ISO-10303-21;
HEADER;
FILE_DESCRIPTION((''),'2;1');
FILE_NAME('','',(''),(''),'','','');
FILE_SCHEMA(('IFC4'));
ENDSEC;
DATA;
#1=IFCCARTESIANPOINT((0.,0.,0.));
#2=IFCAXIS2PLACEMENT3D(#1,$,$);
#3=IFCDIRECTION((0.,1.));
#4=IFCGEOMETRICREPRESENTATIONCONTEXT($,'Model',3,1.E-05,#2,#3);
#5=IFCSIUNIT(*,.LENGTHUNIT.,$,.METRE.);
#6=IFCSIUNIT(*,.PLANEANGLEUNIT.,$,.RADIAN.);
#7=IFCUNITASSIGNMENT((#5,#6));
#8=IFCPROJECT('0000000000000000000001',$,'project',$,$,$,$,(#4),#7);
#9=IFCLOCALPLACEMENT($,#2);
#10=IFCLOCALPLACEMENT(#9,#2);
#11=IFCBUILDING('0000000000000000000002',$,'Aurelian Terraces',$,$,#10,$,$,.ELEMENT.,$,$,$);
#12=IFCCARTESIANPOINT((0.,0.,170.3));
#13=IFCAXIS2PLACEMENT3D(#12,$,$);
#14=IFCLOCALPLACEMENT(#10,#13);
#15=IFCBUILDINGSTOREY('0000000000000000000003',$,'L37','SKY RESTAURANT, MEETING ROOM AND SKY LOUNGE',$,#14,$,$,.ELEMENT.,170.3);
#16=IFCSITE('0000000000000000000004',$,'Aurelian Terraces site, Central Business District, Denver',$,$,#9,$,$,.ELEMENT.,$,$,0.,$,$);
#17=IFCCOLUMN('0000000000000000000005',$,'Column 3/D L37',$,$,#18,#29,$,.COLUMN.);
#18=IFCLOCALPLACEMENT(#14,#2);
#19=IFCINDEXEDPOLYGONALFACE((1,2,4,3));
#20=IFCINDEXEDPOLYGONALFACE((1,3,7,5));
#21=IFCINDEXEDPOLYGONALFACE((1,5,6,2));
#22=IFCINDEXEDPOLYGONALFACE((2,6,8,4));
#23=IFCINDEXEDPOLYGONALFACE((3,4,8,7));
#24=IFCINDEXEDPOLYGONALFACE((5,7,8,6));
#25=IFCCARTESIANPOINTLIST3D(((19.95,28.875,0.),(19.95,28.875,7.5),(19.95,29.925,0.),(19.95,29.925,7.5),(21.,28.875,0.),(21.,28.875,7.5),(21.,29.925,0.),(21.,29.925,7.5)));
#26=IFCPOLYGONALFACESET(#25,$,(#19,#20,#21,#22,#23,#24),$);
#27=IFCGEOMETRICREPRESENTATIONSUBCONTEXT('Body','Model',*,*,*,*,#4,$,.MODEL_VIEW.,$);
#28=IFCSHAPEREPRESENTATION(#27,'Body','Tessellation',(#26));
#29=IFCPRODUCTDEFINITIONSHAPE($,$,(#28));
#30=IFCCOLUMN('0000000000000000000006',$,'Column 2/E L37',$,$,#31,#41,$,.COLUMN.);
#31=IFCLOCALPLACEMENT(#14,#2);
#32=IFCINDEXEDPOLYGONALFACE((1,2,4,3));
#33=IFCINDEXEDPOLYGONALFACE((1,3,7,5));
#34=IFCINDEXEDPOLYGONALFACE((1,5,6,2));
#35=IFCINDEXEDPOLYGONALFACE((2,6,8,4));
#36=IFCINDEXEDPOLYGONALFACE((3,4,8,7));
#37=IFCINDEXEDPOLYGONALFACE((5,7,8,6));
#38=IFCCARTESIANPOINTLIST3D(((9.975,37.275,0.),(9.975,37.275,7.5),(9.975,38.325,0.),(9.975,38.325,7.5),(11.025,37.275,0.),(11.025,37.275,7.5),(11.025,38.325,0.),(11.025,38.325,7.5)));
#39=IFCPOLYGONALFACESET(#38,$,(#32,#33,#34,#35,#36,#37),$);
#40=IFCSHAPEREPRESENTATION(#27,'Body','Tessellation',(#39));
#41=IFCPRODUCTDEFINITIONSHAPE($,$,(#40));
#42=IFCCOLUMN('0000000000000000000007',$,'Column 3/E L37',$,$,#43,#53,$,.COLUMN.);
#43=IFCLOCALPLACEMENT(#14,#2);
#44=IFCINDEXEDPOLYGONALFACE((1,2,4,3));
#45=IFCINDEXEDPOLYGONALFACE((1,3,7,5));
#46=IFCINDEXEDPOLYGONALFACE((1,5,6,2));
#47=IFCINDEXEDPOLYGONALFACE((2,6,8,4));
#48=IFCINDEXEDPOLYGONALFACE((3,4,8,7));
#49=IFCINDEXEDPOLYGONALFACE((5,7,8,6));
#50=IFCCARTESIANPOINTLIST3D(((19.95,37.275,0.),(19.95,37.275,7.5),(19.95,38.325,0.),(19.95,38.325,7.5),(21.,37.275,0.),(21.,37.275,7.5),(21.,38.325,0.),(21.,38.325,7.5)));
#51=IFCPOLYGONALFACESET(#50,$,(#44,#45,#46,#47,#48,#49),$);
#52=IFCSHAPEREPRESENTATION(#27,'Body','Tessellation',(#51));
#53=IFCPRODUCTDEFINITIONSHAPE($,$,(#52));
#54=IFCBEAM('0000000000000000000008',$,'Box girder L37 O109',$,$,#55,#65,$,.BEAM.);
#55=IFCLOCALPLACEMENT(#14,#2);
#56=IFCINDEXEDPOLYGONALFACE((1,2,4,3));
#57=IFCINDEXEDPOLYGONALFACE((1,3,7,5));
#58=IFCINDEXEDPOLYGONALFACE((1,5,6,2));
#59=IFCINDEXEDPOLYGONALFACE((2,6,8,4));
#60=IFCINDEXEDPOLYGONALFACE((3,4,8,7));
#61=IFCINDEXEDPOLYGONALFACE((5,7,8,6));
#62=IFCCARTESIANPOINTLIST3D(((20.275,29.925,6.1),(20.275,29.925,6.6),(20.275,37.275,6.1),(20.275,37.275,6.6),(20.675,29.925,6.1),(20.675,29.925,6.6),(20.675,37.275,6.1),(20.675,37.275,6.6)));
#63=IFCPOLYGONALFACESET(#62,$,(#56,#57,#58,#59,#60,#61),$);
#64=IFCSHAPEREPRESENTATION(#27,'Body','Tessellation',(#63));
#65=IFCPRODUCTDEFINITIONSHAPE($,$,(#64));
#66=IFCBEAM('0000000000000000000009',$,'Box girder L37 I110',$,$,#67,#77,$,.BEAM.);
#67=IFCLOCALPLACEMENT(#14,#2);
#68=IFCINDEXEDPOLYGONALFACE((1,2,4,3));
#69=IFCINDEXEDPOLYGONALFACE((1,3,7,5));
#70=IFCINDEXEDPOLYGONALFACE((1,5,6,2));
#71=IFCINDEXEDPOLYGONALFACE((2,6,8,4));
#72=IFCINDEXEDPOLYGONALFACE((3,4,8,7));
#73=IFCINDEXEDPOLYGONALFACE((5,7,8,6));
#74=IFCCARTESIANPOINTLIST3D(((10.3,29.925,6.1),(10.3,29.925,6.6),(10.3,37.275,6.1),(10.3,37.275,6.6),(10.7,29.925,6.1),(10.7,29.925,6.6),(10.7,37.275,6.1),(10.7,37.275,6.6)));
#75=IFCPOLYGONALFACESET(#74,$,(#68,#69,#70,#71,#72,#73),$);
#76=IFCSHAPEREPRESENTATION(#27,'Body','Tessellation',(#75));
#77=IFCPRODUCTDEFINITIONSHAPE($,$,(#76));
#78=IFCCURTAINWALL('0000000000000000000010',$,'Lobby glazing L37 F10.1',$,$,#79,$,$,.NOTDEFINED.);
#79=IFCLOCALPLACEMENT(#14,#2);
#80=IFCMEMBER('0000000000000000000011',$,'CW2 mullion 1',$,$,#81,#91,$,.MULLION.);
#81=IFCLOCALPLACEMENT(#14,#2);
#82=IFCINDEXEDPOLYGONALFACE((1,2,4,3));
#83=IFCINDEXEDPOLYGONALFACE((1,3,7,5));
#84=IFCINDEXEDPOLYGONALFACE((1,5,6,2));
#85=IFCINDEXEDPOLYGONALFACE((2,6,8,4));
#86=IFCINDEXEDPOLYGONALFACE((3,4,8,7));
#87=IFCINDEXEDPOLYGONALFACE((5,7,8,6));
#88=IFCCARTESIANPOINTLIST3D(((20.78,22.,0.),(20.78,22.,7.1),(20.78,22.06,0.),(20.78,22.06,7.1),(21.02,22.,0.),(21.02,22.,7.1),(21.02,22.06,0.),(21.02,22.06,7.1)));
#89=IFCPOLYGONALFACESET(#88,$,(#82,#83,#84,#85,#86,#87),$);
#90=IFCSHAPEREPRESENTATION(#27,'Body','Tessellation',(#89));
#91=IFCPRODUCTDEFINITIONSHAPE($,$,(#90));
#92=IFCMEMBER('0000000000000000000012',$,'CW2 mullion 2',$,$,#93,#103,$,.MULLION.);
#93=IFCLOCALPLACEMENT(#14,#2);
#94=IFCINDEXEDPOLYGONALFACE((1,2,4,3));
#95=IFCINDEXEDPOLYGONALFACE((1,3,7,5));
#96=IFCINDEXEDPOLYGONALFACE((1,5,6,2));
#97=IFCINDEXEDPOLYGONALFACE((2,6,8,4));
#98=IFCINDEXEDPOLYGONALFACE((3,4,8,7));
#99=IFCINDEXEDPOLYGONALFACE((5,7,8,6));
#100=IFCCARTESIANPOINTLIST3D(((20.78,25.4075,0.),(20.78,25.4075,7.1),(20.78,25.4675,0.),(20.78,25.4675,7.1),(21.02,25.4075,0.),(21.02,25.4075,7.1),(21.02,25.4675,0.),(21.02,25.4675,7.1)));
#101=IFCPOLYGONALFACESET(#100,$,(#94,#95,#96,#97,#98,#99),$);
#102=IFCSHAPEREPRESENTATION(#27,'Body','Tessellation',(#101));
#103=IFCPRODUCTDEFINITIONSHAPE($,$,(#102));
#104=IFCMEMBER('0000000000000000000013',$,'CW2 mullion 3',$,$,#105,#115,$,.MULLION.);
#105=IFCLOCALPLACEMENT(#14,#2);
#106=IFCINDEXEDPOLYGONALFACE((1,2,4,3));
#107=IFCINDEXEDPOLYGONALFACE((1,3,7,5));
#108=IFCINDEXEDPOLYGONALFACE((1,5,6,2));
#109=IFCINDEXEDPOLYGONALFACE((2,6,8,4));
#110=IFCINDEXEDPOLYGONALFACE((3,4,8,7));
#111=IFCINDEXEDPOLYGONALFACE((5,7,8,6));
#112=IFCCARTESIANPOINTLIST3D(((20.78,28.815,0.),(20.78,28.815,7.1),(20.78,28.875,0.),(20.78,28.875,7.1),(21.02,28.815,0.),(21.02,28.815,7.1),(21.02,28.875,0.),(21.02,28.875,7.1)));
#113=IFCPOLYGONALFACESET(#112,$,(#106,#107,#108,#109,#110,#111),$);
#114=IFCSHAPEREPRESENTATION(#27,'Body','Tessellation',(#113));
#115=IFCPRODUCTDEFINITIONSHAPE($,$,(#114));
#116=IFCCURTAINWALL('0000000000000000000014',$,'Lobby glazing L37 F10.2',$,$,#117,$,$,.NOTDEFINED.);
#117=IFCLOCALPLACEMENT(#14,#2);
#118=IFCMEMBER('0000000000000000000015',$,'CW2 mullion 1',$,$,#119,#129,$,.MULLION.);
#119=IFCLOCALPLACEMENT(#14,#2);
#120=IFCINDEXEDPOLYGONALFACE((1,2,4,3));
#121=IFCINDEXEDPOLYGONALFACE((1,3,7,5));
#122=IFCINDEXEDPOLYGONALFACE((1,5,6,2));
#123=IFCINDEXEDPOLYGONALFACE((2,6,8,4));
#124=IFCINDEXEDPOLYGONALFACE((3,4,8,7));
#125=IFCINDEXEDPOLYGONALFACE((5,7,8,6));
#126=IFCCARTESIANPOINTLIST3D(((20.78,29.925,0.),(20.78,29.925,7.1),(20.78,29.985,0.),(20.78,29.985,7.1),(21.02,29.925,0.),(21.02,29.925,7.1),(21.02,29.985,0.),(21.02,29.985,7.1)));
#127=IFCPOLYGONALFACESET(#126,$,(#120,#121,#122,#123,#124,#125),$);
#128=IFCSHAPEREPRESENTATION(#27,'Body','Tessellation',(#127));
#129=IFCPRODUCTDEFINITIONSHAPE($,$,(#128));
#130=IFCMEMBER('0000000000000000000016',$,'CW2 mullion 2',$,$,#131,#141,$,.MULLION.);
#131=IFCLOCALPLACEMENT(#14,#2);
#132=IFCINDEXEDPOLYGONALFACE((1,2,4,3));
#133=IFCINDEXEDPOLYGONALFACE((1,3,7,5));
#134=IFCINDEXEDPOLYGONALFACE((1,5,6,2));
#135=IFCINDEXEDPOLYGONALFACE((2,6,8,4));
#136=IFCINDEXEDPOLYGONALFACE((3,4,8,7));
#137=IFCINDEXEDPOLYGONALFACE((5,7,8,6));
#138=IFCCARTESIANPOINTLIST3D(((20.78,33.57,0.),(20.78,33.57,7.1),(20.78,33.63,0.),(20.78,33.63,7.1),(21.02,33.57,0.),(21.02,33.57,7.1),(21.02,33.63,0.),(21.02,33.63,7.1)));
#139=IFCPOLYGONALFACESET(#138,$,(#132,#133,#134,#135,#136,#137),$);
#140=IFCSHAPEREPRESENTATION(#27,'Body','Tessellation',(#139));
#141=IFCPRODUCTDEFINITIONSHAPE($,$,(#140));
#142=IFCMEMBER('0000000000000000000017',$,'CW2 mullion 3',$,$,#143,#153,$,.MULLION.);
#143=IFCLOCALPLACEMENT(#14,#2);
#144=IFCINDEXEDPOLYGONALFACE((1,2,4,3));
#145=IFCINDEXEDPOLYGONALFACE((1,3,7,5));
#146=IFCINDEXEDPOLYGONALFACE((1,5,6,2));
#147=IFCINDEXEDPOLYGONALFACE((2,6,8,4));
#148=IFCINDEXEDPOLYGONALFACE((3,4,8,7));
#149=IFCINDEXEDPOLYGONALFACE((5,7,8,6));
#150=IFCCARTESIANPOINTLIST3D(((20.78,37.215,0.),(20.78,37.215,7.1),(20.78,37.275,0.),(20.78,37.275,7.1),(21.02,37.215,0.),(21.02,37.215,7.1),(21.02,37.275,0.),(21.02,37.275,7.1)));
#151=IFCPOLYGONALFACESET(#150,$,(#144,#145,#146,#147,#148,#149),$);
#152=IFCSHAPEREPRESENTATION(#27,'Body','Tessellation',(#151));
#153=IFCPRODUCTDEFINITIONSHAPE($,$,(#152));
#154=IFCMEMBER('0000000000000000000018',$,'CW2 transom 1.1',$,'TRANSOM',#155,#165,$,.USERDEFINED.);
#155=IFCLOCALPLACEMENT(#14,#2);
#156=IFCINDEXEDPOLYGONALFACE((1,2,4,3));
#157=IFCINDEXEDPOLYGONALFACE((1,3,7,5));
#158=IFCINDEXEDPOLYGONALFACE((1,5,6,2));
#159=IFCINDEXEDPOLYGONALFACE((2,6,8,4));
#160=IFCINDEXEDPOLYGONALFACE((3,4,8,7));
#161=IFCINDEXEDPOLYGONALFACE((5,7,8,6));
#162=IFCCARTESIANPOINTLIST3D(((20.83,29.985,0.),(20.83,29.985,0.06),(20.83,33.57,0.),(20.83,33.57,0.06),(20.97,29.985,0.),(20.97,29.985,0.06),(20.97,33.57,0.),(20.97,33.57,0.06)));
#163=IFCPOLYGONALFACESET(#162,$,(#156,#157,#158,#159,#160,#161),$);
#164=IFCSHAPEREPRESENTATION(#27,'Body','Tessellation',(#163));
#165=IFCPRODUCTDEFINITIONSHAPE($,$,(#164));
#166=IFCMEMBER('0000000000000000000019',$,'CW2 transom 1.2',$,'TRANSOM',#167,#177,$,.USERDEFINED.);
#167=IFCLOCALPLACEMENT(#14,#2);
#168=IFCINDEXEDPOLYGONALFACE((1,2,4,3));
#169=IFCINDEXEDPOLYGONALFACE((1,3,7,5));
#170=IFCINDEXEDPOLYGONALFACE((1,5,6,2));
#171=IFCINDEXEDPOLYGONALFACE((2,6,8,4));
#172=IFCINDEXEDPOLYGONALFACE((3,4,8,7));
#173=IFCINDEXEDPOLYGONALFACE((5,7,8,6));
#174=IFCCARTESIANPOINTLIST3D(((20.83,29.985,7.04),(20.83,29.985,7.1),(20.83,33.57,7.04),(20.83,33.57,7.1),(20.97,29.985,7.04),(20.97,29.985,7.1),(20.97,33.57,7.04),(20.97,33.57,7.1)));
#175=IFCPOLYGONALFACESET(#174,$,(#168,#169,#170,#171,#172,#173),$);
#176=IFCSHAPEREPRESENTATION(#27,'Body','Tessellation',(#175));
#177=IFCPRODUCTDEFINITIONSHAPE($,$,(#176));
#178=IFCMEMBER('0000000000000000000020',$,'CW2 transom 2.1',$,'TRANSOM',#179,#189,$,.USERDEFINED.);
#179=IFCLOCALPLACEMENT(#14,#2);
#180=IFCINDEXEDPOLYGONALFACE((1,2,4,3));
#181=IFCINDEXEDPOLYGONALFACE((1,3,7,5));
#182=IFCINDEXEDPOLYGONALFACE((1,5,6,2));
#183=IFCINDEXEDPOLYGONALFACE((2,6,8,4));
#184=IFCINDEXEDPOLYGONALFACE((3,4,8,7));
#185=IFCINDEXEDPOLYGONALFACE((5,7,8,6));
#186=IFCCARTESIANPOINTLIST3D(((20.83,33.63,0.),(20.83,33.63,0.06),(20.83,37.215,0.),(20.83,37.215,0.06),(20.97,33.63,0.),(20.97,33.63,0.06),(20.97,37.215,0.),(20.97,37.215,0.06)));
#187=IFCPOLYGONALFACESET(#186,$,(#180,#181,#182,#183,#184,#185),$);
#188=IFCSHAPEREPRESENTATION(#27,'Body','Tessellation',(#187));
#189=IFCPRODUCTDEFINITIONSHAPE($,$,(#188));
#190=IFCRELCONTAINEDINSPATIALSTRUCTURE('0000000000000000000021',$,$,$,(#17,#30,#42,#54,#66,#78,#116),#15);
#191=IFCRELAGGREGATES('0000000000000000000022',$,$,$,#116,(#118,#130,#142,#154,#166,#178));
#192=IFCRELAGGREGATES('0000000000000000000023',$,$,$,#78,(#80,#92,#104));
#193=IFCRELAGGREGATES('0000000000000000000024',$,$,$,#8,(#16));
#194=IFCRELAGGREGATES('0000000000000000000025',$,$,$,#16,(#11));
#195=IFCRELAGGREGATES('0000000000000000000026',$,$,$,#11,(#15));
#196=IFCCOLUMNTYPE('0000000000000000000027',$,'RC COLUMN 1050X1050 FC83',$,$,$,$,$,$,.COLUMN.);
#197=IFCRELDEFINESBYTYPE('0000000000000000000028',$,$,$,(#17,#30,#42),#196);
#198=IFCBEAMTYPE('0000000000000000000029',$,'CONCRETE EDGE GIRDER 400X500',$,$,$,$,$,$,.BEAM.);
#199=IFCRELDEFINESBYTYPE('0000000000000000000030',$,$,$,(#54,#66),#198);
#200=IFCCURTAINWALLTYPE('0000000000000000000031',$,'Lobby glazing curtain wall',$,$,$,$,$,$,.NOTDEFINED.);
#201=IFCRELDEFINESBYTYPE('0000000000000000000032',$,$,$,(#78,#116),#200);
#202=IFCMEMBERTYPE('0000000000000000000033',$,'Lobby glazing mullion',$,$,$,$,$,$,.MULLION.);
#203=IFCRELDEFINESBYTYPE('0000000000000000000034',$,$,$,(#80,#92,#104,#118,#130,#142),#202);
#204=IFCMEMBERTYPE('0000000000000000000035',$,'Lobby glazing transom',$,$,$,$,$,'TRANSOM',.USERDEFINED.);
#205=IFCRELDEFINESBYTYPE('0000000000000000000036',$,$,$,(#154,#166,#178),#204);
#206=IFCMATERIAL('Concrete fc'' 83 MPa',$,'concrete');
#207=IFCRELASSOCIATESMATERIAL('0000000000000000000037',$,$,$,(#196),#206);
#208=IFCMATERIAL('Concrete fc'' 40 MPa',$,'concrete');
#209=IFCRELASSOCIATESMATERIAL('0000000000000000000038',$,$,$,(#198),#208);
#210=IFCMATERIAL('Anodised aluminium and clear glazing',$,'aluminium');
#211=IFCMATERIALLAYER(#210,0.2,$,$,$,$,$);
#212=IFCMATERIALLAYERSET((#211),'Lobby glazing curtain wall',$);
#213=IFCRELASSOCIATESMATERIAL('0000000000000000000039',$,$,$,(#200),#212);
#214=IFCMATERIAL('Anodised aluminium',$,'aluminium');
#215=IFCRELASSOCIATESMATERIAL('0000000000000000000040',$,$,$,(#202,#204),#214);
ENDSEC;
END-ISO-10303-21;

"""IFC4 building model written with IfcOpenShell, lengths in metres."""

from ifc_helpers import new_model, si_unit, direction, frame, origin, origin_2d, place, context, subcontext, project, spatial, rectangle, extrude, source, transform, mapped, material, layer, layer_set, material_profile, profile_set, type_object, element, aggregate, save


model = new_model("IFC4")

# Units and contexts
model_context = context("Model", 3, precision=1e-05, world=origin(), true_north=direction((0.0, 1.0)))
body_context = subcontext(model_context, "Body", "Model", "MODEL_VIEW")
ifc_project = project(units=[si_unit("LENGTHUNIT", "METRE"), si_unit("PLANEANGLEUNIT", "RADIAN")], contexts=[model_context])

# Site, building, storey
site_placement = place(None, origin())
site = spatial("IfcSite", under=ifc_project, at=site_placement, Name="Aurelian Terraces site, Central Business District, Denver", CompositionType="ELEMENT", RefElevation=0.0)
building_placement = place(site_placement, origin())
building = spatial("IfcBuilding", under=site, at=building_placement, Name="Aurelian Terraces", CompositionType="ELEMENT")
storey_placement = place(building_placement, frame((0.0, 0.0, 170.3)))
storey = spatial("IfcBuildingStorey", under=building, at=storey_placement, Name="L37", Description="SKY RESTAURANT, MEETING ROOM AND SKY LOUNGE", CompositionType="ELEMENT", Elevation=170.3)

# Columns
ifc_material_1 = material(Name="Concrete fc' 83 MPa", Category="concrete")
ifc_material_profile_1 = material_profile(ifc_material_1, rectangle(XDim=1.05, YDim=1.05, at=origin_2d()))
ifc_profile_set_1 = profile_set([ifc_material_profile_1], Name="Concrete fc' 83 MPa")
column_type = type_object("IfcColumnType", Name="RC COLUMN 1050X1050 FC83", PredefinedType="COLUMN", material=ifc_profile_set_1)
shared_shape_1 = source(origin(), body_context, "Body", "SweptSolid", [
    extrude(rectangle(XDim=1.05, YDim=1.05, at=origin_2d()), origin(), (0.0, 0.0, 1.0), 7.5),
])
for number, where, z_axis, x_axis, name in (
    (1, (20.475, 29.4, 0.0), (0.0, 0.0, 1.0), (1.0, 0.0, 0.0), "Column 3/D L37"),
    (2, (10.5, 37.8, 0.0), (0.0, 0.0, 1.0), (1.0, 0.0, 0.0), "Column 2/E L37"),
    (3, (20.475, 37.8, 0.0), (0.0, 0.0, 1.0), (1.0, 0.0, 0.0), "Column 3/E L37"),
):
    element("IfcColumn", number, at=place(storey_placement, frame(where, z_axis=z_axis, x_axis=x_axis)), inside=storey, type_object=column_type, Name=name, PredefinedType="COLUMN", context=body_context, shape_type="MappedRepresentation", body=[
        mapped(shared_shape_1, transform((0.0, 0.0, 0.0), scale=1.0)),
    ])

# Beams
ifc_material_2 = material(Name="Concrete fc' 40 MPa", Category="concrete")
ifc_material_profile_2 = material_profile(ifc_material_2, rectangle(XDim=0.4, YDim=0.5, at=origin_2d()))
ifc_profile_set_2 = profile_set([ifc_material_profile_2], Name="Concrete fc' 40 MPa")
beam_type = type_object("IfcBeamType", Name="CONCRETE EDGE GIRDER 400X500", PredefinedType="BEAM", material=ifc_profile_set_2)
shared_shape_2 = source(origin(), body_context, "Body", "SweptSolid", [
    extrude(rectangle(XDim=0.4, YDim=0.5, at=origin_2d()), origin(), (0.0, 0.0, 1.0), 7.35),
])
for number, where, z_axis, x_axis, name in (
    (4, (20.475, 29.925, 6.35), (0.0, 1.0, 0.0), (-1.0, 0.0, 0.0), "Box girder L37 O109"),
    (5, (10.5, 29.925, 6.35), (0.0, 1.0, 0.0), (-1.0, 0.0, 0.0), "Box girder L37 I110"),
):
    element("IfcBeam", number, at=place(storey_placement, frame(where, z_axis=z_axis, x_axis=x_axis)), inside=storey, type_object=beam_type, Name=name, PredefinedType="BEAM", context=body_context, shape_type="MappedRepresentation", body=[
        mapped(shared_shape_2, transform((0.0, 0.0, 0.0), scale=1.0)),
    ])

# Curtain walls, members
ifc_material_3 = material(Name="Anodised aluminium and clear glazing", Category="aluminium")
ifc_layer_1 = layer(ifc_material_3, 0.2)
ifc_layer_set_1 = layer_set([ifc_layer_1], Name="Lobby glazing curtain wall")
curtain_wall_type = type_object("IfcCurtainWallType", Name="Lobby glazing curtain wall", PredefinedType="NOTDEFINED", material=ifc_layer_set_1)
curtain_wall_1_placement = place(storey_placement, origin())
curtain_wall_1 = element("IfcCurtainWall", 6, at=curtain_wall_1_placement, inside=storey, type_object=curtain_wall_type, Name="Lobby glazing L37 F10.1", PredefinedType="NOTDEFINED")
ifc_material_4 = material(Name="Anodised aluminium", Category="aluminium")
ifc_material_profile_3 = material_profile(ifc_material_4, rectangle(XDim=0.24, YDim=0.06, at=origin_2d()))
ifc_profile_set_3 = profile_set([ifc_material_profile_3], Name="Anodised aluminium")
member_type_1 = type_object("IfcMemberType", Name="Lobby glazing mullion", PredefinedType="MULLION", material=ifc_profile_set_3)
shared_shape_3 = source(origin(), body_context, "Body", "SweptSolid", [
    extrude(rectangle(XDim=0.24, YDim=0.06, at=origin_2d()), origin(), (0.0, 0.0, 1.0), 7.1),
])
member_1_placement = place(storey_placement, frame((20.9, 22.03, 0.0), z_axis=(0.0, 0.0, 1.0), x_axis=(-1.0, 0.0, 0.0)))
member_1 = element("IfcMember", 7, at=member_1_placement, type_object=member_type_1, Name="CW2 mullion 1", PredefinedType="MULLION", context=body_context, shape_type="MappedRepresentation", body=[
    mapped(shared_shape_3, transform((0.0, 0.0, 0.0), scale=1.0)),
])
member_2_placement = place(storey_placement, frame((20.9, 25.4375, 0.0), z_axis=(0.0, 0.0, 1.0), x_axis=(-1.0, 0.0, 0.0)))
member_2 = element("IfcMember", 8, at=member_2_placement, type_object=member_type_1, Name="CW2 mullion 2", PredefinedType="MULLION", context=body_context, shape_type="MappedRepresentation", body=[
    mapped(shared_shape_3, transform((0.0, 0.0, 0.0), scale=1.0)),
])
member_3_placement = place(storey_placement, frame((20.9, 28.845, 0.0), z_axis=(0.0, 0.0, 1.0), x_axis=(-1.0, 0.0, 0.0)))
member_3 = element("IfcMember", 9, at=member_3_placement, type_object=member_type_1, Name="CW2 mullion 3", PredefinedType="MULLION", context=body_context, shape_type="MappedRepresentation", body=[
    mapped(shared_shape_3, transform((0.0, 0.0, 0.0), scale=1.0)),
])
curtain_wall_2_placement = place(storey_placement, origin())
curtain_wall_2 = element("IfcCurtainWall", 10, at=curtain_wall_2_placement, inside=storey, type_object=curtain_wall_type, Name="Lobby glazing L37 F10.2", PredefinedType="NOTDEFINED")
member_4_placement = place(storey_placement, frame((20.9, 29.955, 0.0), z_axis=(0.0, 0.0, 1.0), x_axis=(-1.0, 0.0, 0.0)))
member_4 = element("IfcMember", 11, at=member_4_placement, type_object=member_type_1, Name="CW2 mullion 1", PredefinedType="MULLION", context=body_context, shape_type="MappedRepresentation", body=[
    mapped(shared_shape_3, transform((0.0, 0.0, 0.0), scale=1.0)),
])
member_5_placement = place(storey_placement, frame((20.9, 33.6, 0.0), z_axis=(0.0, 0.0, 1.0), x_axis=(-1.0, 0.0, 0.0)))
member_5 = element("IfcMember", 12, at=member_5_placement, type_object=member_type_1, Name="CW2 mullion 2", PredefinedType="MULLION", context=body_context, shape_type="MappedRepresentation", body=[
    mapped(shared_shape_3, transform((0.0, 0.0, 0.0), scale=1.0)),
])
member_6_placement = place(storey_placement, frame((20.9, 37.245, 0.0), z_axis=(0.0, 0.0, 1.0), x_axis=(-1.0, 0.0, 0.0)))
member_6 = element("IfcMember", 13, at=member_6_placement, type_object=member_type_1, Name="CW2 mullion 3", PredefinedType="MULLION", context=body_context, shape_type="MappedRepresentation", body=[
    mapped(shared_shape_3, transform((0.0, 0.0, 0.0), scale=1.0)),
])
ifc_material_profile_4 = material_profile(ifc_material_4, rectangle(XDim=0.14, YDim=0.06, at=origin_2d()))
ifc_profile_set_4 = profile_set([ifc_material_profile_4], Name="Anodised aluminium")
member_type_2 = type_object("IfcMemberType", Name="Lobby glazing transom", ElementType="TRANSOM", PredefinedType="USERDEFINED", material=ifc_profile_set_4)
shared_shape_4 = source(origin(), body_context, "Body", "SweptSolid", [
    extrude(rectangle(XDim=0.14, YDim=0.06, at=origin_2d()), origin(), (0.0, 0.0, 1.0), 3.585),
])
member_7_placement = place(storey_placement, frame((20.9, 29.985, 0.03), z_axis=(0.0, 1.0, 0.0), x_axis=(-1.0, 0.0, 0.0)))
member_7 = element("IfcMember", 14, at=member_7_placement, type_object=member_type_2, Name="CW2 transom 1.1", ObjectType="TRANSOM", PredefinedType="USERDEFINED", context=body_context, shape_type="MappedRepresentation", body=[
    mapped(shared_shape_4, transform((0.0, 0.0, 0.0), scale=1.0)),
])
member_8_placement = place(storey_placement, frame((20.9, 29.985, 7.07), z_axis=(0.0, 1.0, 0.0), x_axis=(-1.0, 0.0, 0.0)))
member_8 = element("IfcMember", 15, at=member_8_placement, type_object=member_type_2, Name="CW2 transom 1.2", ObjectType="TRANSOM", PredefinedType="USERDEFINED", context=body_context, shape_type="MappedRepresentation", body=[
    mapped(shared_shape_4, transform((0.0, 0.0, 0.0), scale=1.0)),
])
member_9_placement = place(storey_placement, frame((20.9, 33.63, 0.03), z_axis=(0.0, 1.0, 0.0), x_axis=(-1.0, 0.0, 0.0)))
member_9 = element("IfcMember", 16, at=member_9_placement, type_object=member_type_2, Name="CW2 transom 2.1", ObjectType="TRANSOM", PredefinedType="USERDEFINED", context=body_context, shape_type="MappedRepresentation", body=[
    mapped(shared_shape_4, transform((0.0, 0.0, 0.0), scale=1.0)),
])

aggregate(curtain_wall_2, [member_4, member_5, member_6, member_7, member_8, member_9])
aggregate(curtain_wall_1, [member_1, member_2, member_3])

save(model, "model.ifc")
